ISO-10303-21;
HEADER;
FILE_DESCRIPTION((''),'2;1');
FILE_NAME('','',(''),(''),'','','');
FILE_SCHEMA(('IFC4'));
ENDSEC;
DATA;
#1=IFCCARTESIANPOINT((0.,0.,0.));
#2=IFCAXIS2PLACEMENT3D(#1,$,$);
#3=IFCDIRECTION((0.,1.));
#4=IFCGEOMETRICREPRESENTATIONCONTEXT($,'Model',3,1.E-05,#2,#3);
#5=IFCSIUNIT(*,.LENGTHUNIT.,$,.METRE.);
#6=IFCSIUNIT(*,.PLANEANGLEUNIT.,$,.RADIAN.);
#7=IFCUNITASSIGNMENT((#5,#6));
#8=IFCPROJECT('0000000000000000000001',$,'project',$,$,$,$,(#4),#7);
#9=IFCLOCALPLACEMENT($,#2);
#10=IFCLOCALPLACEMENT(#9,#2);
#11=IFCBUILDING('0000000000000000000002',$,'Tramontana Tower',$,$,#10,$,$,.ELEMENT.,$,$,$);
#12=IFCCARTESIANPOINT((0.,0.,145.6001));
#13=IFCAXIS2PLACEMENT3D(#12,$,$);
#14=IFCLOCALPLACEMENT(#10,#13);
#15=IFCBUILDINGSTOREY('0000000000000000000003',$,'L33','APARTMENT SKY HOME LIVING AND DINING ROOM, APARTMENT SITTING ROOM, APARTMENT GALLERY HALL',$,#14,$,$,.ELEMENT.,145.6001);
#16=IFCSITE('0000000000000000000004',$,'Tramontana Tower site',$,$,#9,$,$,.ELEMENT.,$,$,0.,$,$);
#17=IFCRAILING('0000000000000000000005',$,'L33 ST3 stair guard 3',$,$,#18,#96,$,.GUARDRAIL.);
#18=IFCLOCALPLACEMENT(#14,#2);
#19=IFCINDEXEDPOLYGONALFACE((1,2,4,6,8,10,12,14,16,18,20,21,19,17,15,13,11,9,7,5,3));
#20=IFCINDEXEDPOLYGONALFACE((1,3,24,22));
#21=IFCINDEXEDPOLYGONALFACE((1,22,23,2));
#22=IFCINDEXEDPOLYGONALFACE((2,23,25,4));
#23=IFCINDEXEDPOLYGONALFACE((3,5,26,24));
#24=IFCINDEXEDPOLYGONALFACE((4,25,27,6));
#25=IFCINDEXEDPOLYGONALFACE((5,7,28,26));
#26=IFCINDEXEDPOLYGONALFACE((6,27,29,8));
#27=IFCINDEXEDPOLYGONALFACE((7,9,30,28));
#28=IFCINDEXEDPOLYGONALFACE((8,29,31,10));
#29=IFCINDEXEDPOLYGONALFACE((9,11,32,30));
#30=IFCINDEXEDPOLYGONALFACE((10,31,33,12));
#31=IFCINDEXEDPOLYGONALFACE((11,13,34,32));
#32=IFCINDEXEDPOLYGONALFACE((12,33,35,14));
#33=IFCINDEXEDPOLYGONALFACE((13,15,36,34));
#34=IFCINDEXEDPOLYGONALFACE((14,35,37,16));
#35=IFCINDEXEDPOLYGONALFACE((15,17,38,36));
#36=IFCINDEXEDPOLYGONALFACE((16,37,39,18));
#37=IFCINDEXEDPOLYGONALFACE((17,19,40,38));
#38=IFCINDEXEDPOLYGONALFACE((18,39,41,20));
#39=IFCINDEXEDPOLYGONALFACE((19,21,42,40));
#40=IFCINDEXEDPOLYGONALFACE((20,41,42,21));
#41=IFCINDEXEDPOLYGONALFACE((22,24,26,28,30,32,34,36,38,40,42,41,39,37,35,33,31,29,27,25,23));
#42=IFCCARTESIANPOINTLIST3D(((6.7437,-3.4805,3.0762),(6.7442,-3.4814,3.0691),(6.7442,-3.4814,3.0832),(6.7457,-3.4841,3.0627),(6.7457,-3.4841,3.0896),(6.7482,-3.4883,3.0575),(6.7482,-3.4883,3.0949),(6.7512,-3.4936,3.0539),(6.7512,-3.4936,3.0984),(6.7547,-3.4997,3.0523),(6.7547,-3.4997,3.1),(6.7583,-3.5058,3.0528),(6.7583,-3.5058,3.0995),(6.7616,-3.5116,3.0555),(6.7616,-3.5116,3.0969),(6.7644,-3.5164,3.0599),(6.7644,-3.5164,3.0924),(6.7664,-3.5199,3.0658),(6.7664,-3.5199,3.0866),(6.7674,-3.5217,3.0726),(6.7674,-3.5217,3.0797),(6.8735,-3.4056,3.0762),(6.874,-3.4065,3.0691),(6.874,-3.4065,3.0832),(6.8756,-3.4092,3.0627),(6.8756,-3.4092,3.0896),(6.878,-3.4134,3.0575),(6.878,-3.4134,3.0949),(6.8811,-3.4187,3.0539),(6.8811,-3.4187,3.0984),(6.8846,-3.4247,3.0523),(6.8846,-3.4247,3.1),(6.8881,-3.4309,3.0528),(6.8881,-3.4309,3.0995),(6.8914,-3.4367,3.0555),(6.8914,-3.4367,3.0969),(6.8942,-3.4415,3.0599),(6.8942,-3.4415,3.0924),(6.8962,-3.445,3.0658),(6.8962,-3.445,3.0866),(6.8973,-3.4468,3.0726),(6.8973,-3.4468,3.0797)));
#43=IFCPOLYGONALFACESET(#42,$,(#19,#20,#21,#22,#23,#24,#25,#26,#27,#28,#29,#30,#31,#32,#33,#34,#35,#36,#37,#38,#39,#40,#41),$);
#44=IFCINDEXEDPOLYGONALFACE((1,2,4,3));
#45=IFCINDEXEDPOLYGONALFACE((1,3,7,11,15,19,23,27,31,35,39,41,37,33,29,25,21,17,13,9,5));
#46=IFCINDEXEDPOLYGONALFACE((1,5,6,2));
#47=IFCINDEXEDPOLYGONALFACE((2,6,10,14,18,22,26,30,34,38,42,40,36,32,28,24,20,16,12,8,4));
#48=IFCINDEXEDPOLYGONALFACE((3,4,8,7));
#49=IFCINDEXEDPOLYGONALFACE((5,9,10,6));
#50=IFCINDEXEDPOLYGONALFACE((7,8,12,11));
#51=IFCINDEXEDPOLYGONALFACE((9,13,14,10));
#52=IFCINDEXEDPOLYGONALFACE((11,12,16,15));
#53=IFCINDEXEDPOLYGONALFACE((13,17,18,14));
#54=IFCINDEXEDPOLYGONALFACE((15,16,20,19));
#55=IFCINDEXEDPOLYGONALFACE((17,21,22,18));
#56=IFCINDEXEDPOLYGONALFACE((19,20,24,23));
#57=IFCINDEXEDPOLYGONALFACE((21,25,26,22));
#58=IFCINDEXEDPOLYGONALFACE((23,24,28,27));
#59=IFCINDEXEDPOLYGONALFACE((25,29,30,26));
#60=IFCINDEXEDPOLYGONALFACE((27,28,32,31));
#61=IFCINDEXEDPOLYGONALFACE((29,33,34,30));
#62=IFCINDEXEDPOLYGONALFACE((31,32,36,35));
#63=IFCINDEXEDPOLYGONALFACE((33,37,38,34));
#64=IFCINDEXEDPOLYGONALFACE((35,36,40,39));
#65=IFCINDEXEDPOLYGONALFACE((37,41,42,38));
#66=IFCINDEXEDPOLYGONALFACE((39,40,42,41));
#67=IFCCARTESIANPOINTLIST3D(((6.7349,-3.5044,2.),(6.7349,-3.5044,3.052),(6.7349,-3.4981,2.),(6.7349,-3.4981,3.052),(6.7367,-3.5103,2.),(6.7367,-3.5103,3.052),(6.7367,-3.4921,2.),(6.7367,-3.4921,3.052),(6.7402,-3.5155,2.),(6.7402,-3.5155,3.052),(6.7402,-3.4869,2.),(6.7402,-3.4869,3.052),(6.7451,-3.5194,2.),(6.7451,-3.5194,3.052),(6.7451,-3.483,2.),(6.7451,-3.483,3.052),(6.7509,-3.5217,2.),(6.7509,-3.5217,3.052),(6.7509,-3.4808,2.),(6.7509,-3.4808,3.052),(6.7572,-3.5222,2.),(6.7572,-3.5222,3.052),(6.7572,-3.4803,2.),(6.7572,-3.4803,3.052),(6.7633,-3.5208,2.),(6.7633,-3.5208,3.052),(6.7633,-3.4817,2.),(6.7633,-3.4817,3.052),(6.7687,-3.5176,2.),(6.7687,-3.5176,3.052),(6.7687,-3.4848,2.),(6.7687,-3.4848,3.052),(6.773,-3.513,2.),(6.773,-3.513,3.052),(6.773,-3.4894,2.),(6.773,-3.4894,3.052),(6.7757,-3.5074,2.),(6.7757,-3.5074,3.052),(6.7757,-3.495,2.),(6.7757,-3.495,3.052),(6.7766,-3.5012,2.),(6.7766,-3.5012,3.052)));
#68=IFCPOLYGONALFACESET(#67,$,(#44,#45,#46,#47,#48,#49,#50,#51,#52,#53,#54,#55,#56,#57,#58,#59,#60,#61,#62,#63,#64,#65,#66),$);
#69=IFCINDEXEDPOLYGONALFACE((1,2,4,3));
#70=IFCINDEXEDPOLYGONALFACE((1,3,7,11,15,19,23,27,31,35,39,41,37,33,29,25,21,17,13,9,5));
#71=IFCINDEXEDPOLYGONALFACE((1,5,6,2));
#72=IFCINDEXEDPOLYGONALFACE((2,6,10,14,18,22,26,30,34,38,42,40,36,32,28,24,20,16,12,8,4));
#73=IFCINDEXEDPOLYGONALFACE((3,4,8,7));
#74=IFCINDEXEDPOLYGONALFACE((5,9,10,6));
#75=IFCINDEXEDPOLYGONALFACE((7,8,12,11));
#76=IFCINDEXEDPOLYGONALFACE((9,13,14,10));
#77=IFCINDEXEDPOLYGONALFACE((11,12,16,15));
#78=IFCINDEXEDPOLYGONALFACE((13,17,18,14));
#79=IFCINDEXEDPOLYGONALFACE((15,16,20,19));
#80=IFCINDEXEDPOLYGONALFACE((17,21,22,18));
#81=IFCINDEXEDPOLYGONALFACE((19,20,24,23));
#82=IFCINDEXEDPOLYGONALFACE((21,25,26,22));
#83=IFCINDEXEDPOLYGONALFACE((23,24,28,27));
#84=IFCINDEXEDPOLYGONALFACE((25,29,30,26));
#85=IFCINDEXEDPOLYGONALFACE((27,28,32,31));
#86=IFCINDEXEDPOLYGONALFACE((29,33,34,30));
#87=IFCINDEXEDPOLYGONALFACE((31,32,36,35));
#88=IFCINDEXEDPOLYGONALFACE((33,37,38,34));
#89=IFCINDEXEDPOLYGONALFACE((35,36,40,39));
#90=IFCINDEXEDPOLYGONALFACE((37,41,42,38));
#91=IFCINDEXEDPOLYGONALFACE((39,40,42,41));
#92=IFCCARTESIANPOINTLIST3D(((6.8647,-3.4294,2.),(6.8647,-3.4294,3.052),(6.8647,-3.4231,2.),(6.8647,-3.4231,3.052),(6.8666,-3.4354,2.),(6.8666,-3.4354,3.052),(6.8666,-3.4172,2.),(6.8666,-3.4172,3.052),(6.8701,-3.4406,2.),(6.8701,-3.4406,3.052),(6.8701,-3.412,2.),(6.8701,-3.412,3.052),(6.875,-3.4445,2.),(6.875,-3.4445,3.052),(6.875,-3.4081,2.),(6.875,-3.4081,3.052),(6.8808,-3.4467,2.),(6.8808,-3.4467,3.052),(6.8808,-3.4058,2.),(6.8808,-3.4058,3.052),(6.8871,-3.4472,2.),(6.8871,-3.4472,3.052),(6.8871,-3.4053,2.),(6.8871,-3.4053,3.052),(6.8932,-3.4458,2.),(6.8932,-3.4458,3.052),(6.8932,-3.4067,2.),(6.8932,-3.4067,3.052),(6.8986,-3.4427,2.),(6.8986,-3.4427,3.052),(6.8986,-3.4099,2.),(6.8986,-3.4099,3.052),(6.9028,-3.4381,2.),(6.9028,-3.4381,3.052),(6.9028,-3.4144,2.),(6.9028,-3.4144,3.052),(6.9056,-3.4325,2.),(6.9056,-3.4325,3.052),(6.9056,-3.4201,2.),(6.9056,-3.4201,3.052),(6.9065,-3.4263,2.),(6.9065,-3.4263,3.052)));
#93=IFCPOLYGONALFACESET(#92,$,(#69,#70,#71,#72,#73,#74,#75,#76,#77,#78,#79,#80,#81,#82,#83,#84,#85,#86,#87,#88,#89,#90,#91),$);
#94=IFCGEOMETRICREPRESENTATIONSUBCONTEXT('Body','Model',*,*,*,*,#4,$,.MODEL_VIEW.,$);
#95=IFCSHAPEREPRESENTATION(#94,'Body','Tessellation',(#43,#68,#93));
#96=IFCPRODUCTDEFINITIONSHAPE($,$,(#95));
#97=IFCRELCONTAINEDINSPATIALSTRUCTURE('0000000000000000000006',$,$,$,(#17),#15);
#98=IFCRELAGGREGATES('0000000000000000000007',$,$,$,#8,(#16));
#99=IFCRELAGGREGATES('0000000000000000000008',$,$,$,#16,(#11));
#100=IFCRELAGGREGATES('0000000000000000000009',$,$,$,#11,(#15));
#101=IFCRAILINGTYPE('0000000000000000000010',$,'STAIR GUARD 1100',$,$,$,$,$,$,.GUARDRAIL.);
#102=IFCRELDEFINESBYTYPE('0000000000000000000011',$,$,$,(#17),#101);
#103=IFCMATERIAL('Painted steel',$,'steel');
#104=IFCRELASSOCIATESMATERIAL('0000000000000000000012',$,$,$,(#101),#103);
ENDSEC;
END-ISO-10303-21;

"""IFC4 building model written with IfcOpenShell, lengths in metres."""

from ifc_helpers import new_model, si_unit, direction, frame, origin, origin_2d, place, context, subcontext, project, spatial, circle, extrude, material, type_object, element, save


model = new_model("IFC4")

# Units and contexts
model_context = context("Model", 3, precision=1e-05, world=origin(), true_north=direction((0.0, 1.0)))
body_context = subcontext(model_context, "Body", "Model", "MODEL_VIEW")
ifc_project = project(units=[si_unit("LENGTHUNIT", "METRE"), si_unit("PLANEANGLEUNIT", "RADIAN")], contexts=[model_context])

# Site, building, storey
site_placement = place(None, origin())
site = spatial("IfcSite", under=ifc_project, at=site_placement, Name="Tramontana Tower site", CompositionType="ELEMENT", RefElevation=0.0)
building_placement = place(site_placement, origin())
building = spatial("IfcBuilding", under=site, at=building_placement, Name="Tramontana Tower", CompositionType="ELEMENT")
storey_placement = place(building_placement, frame((0.0, 0.0, 145.6001)))
storey = spatial("IfcBuildingStorey", under=building, at=storey_placement, Name="L33", Description="APARTMENT SKY HOME LIVING AND DINING ROOM, APARTMENT SITTING ROOM, APARTMENT GALLERY HALL", CompositionType="ELEMENT", Elevation=145.6001)

# Railing
ifc_material_1 = material(Name="Painted steel", Category="steel")
railing_type_1 = type_object("IfcRailingType", Name="STAIR GUARD 1100", PredefinedType="GUARDRAIL", material=ifc_material_1)
railing_1_placement = place(storey_placement, frame((6.7556, -3.5012, 2.0)))
element("IfcRailing", 1, at=railing_1_placement, inside=storey, type_object=railing_type_1, Name="L33 ST3 stair guard 3", PredefinedType="GUARDRAIL", context=body_context, shape_type="SweptSolid", body=[
    extrude(circle(Radius=0.0239, at=origin_2d()), frame((0.0, 0.0, 1.0762), z_axis=(0.866131, 0.499816, 0.0), x_axis=(-0.499816, 0.866131, 0.0)), (0.0, 0.0, 1.0), 0.1499),
    extrude(circle(Radius=0.021, at=origin_2d()), origin(), (0.0, 0.0, 1.0), 1.052),
    extrude(circle(Radius=0.021, at=origin_2d()), frame((0.1299, 0.075, 0.0)), (0.0, 0.0, 1.0), 1.052),
])

save(model, "model.ifc")
